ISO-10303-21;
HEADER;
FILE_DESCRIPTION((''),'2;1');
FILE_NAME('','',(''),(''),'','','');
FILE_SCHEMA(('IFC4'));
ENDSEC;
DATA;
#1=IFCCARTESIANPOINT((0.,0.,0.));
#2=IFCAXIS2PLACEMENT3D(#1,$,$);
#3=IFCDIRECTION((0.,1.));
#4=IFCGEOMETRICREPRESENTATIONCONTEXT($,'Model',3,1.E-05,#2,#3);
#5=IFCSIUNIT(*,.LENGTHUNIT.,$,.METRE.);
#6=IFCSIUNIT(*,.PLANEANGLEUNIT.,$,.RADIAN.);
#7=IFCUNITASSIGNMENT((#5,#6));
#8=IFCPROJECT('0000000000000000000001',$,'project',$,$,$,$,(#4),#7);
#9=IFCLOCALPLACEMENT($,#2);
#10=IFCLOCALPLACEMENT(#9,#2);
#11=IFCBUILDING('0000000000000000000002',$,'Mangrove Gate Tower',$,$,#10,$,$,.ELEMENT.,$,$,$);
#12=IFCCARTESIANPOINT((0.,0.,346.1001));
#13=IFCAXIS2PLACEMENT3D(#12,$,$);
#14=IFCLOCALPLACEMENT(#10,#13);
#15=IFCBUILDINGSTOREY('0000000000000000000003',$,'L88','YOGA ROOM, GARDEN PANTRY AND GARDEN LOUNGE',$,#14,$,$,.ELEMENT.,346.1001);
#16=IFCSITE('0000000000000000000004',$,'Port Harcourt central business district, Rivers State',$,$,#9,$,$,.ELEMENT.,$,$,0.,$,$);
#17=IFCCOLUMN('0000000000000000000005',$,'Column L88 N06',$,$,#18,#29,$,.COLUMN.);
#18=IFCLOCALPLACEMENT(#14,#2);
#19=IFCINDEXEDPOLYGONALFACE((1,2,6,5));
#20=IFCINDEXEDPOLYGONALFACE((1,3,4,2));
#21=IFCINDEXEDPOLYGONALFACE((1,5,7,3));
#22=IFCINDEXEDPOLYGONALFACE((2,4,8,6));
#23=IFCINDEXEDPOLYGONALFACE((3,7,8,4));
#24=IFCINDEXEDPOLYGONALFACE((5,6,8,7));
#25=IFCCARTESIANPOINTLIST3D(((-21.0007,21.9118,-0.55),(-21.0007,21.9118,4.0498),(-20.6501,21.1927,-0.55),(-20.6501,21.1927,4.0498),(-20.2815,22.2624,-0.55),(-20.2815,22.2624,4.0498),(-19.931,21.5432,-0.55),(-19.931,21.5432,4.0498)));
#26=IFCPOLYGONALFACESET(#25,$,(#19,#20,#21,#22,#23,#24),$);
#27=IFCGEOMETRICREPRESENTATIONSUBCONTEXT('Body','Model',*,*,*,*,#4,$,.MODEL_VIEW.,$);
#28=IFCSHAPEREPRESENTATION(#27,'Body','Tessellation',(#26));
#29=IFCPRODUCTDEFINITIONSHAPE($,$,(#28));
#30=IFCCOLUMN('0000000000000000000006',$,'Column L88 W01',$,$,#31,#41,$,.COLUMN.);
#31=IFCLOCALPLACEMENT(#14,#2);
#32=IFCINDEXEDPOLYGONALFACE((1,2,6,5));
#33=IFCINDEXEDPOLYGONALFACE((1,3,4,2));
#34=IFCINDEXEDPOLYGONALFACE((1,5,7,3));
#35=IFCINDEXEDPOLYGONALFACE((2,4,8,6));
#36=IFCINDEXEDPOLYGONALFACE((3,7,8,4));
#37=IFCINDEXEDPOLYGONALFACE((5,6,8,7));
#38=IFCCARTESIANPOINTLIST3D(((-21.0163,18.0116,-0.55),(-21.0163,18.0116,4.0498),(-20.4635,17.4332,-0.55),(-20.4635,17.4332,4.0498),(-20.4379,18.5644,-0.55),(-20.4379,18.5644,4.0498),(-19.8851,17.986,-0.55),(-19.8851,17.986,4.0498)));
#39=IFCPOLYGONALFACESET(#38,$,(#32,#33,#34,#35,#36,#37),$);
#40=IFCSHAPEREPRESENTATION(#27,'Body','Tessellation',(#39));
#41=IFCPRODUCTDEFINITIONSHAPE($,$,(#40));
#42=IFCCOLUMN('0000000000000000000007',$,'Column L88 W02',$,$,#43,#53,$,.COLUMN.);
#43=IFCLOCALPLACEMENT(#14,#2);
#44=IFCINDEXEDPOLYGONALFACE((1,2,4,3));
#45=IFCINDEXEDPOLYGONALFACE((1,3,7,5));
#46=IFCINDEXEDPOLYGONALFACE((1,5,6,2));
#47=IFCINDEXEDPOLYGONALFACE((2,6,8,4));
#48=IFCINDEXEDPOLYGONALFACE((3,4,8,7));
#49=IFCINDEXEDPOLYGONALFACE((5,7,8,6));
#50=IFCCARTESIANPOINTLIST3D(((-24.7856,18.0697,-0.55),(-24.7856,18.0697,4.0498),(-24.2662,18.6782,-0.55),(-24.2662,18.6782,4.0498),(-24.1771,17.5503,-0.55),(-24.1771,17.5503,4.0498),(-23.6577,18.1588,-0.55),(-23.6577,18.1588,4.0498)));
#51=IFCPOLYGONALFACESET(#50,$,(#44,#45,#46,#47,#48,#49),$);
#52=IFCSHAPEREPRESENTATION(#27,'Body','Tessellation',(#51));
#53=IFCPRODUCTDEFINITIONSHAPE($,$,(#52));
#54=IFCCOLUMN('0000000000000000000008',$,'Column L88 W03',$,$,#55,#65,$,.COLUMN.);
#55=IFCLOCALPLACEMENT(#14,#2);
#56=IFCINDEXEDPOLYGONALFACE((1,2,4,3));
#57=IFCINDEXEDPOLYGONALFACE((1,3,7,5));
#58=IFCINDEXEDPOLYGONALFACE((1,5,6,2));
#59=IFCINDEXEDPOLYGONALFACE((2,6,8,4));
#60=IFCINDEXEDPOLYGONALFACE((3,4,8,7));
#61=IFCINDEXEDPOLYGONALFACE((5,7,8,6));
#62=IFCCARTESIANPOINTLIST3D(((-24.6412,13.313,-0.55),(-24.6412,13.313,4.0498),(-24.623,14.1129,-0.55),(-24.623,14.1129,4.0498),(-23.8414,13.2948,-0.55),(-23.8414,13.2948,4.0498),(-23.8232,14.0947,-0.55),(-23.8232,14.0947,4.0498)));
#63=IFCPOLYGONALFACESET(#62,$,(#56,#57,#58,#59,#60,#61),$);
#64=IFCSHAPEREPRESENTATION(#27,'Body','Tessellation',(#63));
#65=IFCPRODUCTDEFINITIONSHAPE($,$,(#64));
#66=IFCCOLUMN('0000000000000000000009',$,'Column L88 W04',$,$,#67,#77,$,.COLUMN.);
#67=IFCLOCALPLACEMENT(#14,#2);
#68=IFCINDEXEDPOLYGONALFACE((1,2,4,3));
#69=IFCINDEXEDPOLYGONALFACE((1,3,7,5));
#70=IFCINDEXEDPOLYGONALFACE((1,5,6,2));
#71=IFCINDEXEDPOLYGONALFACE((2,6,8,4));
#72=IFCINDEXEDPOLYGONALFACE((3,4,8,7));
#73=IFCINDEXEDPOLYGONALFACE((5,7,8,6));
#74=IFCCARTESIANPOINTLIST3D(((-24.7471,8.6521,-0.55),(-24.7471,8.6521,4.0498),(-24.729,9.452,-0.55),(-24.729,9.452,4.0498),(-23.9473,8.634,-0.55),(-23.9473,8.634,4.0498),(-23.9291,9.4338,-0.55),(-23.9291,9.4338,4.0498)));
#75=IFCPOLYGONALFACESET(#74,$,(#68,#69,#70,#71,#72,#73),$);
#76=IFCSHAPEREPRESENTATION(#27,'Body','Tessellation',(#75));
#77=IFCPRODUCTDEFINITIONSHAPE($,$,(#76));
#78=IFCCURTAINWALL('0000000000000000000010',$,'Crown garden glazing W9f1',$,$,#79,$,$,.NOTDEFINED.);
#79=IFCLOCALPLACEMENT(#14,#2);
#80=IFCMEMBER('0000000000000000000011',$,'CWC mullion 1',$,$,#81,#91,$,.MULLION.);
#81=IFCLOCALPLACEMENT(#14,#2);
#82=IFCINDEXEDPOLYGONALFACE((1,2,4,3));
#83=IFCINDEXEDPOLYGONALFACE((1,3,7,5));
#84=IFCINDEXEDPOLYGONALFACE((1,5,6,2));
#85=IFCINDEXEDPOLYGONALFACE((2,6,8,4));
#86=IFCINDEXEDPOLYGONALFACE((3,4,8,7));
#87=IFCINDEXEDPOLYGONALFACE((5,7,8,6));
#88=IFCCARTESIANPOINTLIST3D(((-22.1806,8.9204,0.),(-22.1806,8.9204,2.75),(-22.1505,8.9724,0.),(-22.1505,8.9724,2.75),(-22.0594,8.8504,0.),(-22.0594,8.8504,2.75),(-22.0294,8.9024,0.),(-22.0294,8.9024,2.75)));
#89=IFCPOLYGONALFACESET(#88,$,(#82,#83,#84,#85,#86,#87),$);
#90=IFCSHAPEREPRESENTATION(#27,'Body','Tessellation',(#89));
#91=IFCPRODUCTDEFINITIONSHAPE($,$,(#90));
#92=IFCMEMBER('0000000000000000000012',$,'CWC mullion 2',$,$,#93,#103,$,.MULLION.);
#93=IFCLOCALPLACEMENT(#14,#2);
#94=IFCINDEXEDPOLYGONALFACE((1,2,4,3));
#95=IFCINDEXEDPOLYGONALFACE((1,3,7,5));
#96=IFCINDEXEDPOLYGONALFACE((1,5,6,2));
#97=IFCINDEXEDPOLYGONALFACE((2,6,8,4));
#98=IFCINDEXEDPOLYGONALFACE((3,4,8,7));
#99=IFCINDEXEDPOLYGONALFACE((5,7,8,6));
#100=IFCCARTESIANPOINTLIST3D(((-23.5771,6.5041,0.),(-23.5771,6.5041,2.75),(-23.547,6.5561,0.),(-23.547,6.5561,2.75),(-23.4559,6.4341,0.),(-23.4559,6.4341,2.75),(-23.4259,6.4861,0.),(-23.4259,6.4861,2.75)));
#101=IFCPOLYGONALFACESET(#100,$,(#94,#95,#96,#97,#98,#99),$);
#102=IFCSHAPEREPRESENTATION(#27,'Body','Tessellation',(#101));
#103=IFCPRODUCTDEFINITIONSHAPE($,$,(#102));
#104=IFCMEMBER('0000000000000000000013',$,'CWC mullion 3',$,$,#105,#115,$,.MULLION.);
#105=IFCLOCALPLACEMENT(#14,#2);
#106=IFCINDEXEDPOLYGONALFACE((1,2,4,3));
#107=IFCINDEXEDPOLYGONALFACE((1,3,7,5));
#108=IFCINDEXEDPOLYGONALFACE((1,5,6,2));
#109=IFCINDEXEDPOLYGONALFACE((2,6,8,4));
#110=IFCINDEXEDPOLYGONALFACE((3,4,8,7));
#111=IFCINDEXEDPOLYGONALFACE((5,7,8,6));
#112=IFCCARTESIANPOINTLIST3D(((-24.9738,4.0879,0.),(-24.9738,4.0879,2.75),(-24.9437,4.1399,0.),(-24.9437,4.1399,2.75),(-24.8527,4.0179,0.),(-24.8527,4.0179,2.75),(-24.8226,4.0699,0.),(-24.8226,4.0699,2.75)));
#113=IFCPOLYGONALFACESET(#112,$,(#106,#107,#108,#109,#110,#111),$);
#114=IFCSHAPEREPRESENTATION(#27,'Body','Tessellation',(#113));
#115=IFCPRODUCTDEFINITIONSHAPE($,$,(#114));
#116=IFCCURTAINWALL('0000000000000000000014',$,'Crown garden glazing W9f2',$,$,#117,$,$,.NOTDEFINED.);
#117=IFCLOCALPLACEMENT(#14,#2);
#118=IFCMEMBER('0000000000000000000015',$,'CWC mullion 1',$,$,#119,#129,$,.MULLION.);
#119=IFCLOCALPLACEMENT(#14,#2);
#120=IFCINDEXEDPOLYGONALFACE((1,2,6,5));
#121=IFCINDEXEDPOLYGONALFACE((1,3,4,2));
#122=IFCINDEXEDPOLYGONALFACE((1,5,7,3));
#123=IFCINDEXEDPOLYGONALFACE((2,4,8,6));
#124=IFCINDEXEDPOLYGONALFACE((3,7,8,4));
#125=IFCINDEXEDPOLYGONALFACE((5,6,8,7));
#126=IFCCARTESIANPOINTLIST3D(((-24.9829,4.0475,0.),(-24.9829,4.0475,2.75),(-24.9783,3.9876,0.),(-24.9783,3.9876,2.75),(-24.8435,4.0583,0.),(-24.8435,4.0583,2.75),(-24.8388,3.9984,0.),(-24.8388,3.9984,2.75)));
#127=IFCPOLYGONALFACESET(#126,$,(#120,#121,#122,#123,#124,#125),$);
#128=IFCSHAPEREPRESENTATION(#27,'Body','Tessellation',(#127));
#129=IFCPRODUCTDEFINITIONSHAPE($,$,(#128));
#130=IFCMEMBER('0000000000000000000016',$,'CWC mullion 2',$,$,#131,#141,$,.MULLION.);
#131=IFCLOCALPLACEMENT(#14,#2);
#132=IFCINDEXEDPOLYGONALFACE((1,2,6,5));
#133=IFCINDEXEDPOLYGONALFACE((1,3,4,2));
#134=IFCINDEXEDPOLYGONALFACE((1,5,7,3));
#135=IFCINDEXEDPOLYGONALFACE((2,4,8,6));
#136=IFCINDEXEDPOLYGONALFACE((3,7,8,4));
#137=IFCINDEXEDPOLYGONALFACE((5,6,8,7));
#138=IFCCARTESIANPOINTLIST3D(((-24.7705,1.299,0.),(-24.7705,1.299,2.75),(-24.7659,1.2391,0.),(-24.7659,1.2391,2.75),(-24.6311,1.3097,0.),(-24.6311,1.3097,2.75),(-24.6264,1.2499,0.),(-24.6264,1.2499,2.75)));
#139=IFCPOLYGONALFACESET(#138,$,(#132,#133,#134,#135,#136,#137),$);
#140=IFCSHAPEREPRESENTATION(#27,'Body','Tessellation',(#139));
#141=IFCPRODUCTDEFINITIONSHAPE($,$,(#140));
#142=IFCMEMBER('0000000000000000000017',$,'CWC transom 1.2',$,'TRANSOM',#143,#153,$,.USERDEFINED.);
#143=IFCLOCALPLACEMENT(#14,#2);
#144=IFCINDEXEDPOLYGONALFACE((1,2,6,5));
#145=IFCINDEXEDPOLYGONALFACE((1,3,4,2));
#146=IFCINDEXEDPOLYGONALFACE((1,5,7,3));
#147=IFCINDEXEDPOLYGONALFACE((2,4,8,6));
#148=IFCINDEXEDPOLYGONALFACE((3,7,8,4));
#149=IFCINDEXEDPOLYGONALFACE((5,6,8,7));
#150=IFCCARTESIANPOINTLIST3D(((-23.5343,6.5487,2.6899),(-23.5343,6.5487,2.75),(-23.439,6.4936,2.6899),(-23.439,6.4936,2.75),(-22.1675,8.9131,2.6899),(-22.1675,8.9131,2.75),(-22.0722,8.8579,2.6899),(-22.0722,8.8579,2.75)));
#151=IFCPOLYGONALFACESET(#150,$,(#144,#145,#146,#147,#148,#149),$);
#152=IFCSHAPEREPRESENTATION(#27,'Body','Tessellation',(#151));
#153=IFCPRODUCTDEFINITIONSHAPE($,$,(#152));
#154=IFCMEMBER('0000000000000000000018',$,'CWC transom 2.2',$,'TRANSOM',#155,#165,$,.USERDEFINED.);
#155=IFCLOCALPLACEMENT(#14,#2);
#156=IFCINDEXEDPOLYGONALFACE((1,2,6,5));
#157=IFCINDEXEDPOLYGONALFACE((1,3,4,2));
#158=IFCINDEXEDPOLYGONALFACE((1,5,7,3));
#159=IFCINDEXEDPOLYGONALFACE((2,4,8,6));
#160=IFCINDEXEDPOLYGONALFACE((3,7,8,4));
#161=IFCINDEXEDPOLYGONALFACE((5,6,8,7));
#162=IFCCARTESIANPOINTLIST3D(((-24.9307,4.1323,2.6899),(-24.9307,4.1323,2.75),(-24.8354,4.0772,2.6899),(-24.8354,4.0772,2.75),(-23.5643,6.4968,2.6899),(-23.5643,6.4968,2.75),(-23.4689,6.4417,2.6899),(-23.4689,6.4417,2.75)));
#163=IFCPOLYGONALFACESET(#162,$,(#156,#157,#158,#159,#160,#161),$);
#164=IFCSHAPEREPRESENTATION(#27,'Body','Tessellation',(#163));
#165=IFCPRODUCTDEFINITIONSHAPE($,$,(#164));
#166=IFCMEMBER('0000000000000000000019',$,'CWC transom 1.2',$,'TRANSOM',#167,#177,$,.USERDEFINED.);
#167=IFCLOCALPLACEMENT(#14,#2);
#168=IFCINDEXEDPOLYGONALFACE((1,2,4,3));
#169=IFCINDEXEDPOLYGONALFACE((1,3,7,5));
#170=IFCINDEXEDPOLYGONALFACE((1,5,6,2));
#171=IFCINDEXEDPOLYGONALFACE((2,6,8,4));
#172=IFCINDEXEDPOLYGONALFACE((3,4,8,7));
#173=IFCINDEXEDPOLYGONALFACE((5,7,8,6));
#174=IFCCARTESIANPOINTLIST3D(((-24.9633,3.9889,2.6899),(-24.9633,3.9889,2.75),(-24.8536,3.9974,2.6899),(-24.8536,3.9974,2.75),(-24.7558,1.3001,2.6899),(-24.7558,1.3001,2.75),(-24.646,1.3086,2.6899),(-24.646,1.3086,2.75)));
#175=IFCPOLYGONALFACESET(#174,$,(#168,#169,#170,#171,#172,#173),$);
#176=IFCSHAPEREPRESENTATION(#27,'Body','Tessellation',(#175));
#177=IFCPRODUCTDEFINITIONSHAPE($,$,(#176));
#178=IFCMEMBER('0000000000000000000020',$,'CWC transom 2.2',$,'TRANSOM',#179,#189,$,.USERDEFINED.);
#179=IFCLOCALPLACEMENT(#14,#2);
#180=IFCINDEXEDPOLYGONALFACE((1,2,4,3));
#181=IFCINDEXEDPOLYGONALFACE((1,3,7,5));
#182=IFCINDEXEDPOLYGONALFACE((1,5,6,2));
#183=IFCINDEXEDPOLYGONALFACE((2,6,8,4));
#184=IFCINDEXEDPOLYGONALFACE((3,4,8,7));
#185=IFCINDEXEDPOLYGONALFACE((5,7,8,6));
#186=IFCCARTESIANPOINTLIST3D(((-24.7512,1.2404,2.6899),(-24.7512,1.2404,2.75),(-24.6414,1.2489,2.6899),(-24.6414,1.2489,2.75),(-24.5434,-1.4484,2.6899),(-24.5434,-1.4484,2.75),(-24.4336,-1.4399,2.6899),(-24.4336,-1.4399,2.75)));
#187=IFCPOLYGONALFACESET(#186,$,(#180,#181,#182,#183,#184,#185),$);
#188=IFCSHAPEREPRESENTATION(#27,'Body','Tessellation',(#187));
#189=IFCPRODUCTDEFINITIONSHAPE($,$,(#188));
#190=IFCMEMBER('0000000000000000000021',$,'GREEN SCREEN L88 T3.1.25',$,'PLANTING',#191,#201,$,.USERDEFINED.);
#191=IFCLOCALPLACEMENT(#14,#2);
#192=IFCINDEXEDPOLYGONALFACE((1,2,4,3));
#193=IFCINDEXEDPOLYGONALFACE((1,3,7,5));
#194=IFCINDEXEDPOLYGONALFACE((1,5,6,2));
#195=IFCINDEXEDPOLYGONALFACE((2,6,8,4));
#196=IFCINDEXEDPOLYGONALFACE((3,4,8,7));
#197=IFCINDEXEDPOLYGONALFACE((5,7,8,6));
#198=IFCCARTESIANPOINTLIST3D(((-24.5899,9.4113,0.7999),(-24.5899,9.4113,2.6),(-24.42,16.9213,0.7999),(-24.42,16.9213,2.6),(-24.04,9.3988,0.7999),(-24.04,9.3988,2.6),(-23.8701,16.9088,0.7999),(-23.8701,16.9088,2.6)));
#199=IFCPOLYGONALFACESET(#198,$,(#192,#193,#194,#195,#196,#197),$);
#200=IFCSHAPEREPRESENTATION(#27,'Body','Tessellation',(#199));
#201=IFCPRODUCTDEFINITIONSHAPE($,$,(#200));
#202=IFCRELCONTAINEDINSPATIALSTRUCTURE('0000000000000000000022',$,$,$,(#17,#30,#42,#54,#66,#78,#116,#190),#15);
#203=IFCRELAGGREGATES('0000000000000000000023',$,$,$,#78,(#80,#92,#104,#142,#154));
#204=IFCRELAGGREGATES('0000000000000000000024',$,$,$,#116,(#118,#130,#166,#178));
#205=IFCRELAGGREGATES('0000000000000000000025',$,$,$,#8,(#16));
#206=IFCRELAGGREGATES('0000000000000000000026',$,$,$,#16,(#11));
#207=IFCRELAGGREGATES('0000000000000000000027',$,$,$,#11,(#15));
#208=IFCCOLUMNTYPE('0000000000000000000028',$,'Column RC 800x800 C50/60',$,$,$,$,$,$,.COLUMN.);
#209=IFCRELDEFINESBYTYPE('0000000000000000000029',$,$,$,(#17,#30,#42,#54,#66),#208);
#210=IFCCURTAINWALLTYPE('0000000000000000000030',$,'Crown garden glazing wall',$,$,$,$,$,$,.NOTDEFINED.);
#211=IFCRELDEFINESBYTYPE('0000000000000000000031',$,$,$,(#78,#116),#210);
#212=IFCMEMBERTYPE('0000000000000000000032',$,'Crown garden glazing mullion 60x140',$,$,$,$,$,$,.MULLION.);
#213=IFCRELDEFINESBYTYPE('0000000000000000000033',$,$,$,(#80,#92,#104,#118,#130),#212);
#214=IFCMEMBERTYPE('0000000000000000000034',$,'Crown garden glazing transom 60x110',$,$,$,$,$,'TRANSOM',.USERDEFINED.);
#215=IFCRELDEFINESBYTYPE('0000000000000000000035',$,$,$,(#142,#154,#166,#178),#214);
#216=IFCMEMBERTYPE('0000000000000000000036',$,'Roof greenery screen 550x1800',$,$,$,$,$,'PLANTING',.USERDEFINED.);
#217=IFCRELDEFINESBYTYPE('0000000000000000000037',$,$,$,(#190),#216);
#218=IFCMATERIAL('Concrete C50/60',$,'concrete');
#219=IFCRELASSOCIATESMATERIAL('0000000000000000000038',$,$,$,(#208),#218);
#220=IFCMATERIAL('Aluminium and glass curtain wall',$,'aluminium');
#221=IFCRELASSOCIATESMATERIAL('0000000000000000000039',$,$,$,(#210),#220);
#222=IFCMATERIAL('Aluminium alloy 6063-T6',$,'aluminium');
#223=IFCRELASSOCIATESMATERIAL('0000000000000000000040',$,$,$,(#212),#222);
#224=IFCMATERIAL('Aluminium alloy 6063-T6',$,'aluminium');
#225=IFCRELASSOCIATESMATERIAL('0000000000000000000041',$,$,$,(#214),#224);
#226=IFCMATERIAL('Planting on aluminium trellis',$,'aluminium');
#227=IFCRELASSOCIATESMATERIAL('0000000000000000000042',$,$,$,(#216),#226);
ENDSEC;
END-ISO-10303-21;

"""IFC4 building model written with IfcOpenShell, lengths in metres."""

from ifc_helpers import new_model, si_unit, direction, frame, origin, origin_2d, place, context, subcontext, project, spatial, rectangle, extrude, material, material_profile, profile_set, type_object, element, aggregate, save


model = new_model("IFC4")

# Units and contexts
model_context = context("Model", 3, precision=1e-05, world=origin(), true_north=direction((0.0, 1.0)))
body_context = subcontext(model_context, "Body", "Model", "MODEL_VIEW")
ifc_project = project(units=[si_unit("LENGTHUNIT", "METRE"), si_unit("PLANEANGLEUNIT", "RADIAN")], contexts=[model_context])

# Site, building, storey
site_placement = place(None, origin())
site = spatial("IfcSite", under=ifc_project, at=site_placement, Name="Port Harcourt central business district, Rivers State", CompositionType="ELEMENT", RefElevation=0.0)
building_placement = place(site_placement, origin())
building = spatial("IfcBuilding", under=site, at=building_placement, Name="Mangrove Gate Tower", CompositionType="ELEMENT")
storey_placement = place(building_placement, frame((0.0, 0.0, 346.1001)))
storey = spatial("IfcBuildingStorey", under=building, at=storey_placement, Name="L88", Description="YOGA ROOM, GARDEN PANTRY AND GARDEN LOUNGE", CompositionType="ELEMENT", Elevation=346.1001)

# Columns
ifc_material_1 = material(Name="Concrete C50/60", Category="concrete")
ifc_material_profile_1 = material_profile(ifc_material_1, rectangle(XDim=0.8, YDim=0.8, at=origin_2d()))
ifc_profile_set_1 = profile_set([ifc_material_profile_1], Name="Concrete C50/60")
column_type = type_object("IfcColumnType", Name="Column RC 800x800 C50/60", PredefinedType="COLUMN", material=ifc_profile_set_1)
for number, where, z_axis, x_axis, name in (
    (1, (-20.4658, 21.7275, -0.55), (0.0, 0.0, 1.0), (-0.898894, -0.438167, 0.0), "Column L88 N06"),
    (2, (-20.4507, 17.9988, -0.55), (0.0, 0.0, 1.0), (-0.722929, -0.690923, 0.0), "Column L88 W01"),
    (3, (-24.2217, 18.1143, -0.55), (0.0, 0.0, 1.0), (-0.649215, -0.760605, 0.0), "Column L88 W02"),
    (4, (-24.2322, 13.7039, -0.55), (0.0, 0.0, 1.0), (-0.022736, -0.999742, 0.0), "Column L88 W03"),
    (5, (-24.3381, 9.043, -0.55), (0.0, 0.0, 1.0), (-0.022702, -0.999742, 0.0), "Column L88 W04"),
):
    element("IfcColumn", number, at=place(storey_placement, frame(where, z_axis=z_axis, x_axis=x_axis)), inside=storey, type_object=column_type, Name=name, PredefinedType="COLUMN", context=body_context, shape_type="SweptSolid", body=[
        extrude(rectangle(XDim=0.8, YDim=0.8, at=origin_2d()), origin(), (0.0, 0.0, 1.0), 4.5999),
    ])

# Curtain walls, members
ifc_material_2 = material(Name="Aluminium and glass curtain wall", Category="aluminium")
curtain_wall_type = type_object("IfcCurtainWallType", Name="Crown garden glazing wall", PredefinedType="NOTDEFINED", material=ifc_material_2)
curtain_wall_1_placement = place(storey_placement, origin())
curtain_wall_1 = element("IfcCurtainWall", 6, at=curtain_wall_1_placement, inside=storey, type_object=curtain_wall_type, Name="Crown garden glazing W9f1", PredefinedType="NOTDEFINED")
ifc_material_3 = material(Name="Aluminium alloy 6063-T6", Category="aluminium")
ifc_material_profile_2 = material_profile(ifc_material_3, rectangle(XDim=0.0601, YDim=0.1399, at=origin_2d()))
ifc_profile_set_2 = profile_set([ifc_material_profile_2], Name="Aluminium alloy 6063-T6")
member_type_1 = type_object("IfcMemberType", Name="Crown garden glazing mullion 60x140", PredefinedType="MULLION", material=ifc_profile_set_2)
member_1_placement = place(storey_placement, frame((-22.105, 8.9114, 0.0), z_axis=(0.0, 0.0, 1.0), x_axis=(-0.500418, -0.865784, 0.0)))
member_1 = element("IfcMember", 7, at=member_1_placement, type_object=member_type_1, Name="CWC mullion 1", PredefinedType="MULLION", context=body_context, shape_type="SweptSolid", body=[
    extrude(rectangle(XDim=0.0601, YDim=0.1399, at=origin_2d()), origin(), (0.0, 0.0, 1.0), 2.75),
])
member_2_placement = place(storey_placement, frame((-23.5015, 6.4951, 0.0), z_axis=(0.0, 0.0, 1.0), x_axis=(-0.500418, -0.865784, 0.0)))
member_2 = element("IfcMember", 8, at=member_2_placement, type_object=member_type_1, Name="CWC mullion 2", PredefinedType="MULLION", context=body_context, shape_type="SweptSolid", body=[
    extrude(rectangle(XDim=0.0601, YDim=0.1399, at=origin_2d()), origin(), (0.0, 0.0, 1.0), 2.75),
])
member_3_placement = place(storey_placement, frame((-24.8982, 4.0789, 0.0), z_axis=(0.0, 0.0, 1.0), x_axis=(-0.500418, -0.865784, 0.0)))
member_3 = element("IfcMember", 9, at=member_3_placement, type_object=member_type_1, Name="CWC mullion 3", PredefinedType="MULLION", context=body_context, shape_type="SweptSolid", body=[
    extrude(rectangle(XDim=0.0601, YDim=0.1399, at=origin_2d()), origin(), (0.0, 0.0, 1.0), 2.75),
])
curtain_wall_2_placement = place(storey_placement, origin())
curtain_wall_2 = element("IfcCurtainWall", 10, at=curtain_wall_2_placement, inside=storey, type_object=curtain_wall_type, Name="Crown garden glazing W9f2", PredefinedType="NOTDEFINED")
member_4_placement = place(storey_placement, frame((-24.9109, 4.0229, 0.0), z_axis=(0.0, 0.0, 1.0), x_axis=(0.077023, -0.997029, 0.0)))
member_4 = element("IfcMember", 11, at=member_4_placement, type_object=member_type_1, Name="CWC mullion 1", PredefinedType="MULLION", context=body_context, shape_type="SweptSolid", body=[
    extrude(rectangle(XDim=0.0601, YDim=0.1399, at=origin_2d()), origin(), (0.0, 0.0, 1.0), 2.75),
])
member_5_placement = place(storey_placement, frame((-24.6985, 1.2744, 0.0), z_axis=(0.0, 0.0, 1.0), x_axis=(0.077023, -0.997029, 0.0)))
member_5 = element("IfcMember", 12, at=member_5_placement, type_object=member_type_1, Name="CWC mullion 2", PredefinedType="MULLION", context=body_context, shape_type="SweptSolid", body=[
    extrude(rectangle(XDim=0.0601, YDim=0.1399, at=origin_2d()), origin(), (0.0, 0.0, 1.0), 2.75),
])

# Members
ifc_material_4 = material(Name="Aluminium alloy 6063-T6", Category="aluminium")
ifc_material_profile_3 = material_profile(ifc_material_4, rectangle(XDim=0.0601, YDim=0.1101, at=origin_2d()))
ifc_profile_set_3 = profile_set([ifc_material_profile_3], Name="Aluminium alloy 6063-T6")
member_type_2 = type_object("IfcMemberType", Name="Crown garden glazing transom 60x110", ElementType="TRANSOM", PredefinedType="USERDEFINED", material=ifc_profile_set_3)
member_6_placement = place(storey_placement, frame((-22.1199, 8.8855, 2.72), z_axis=(-0.500465, -0.865757, 0.0), x_axis=(0.0, 0.0, 1.0)))
member_6 = element("IfcMember", 13, at=member_6_placement, type_object=member_type_2, Name="CWC transom 1.2", ObjectType="TRANSOM", PredefinedType="USERDEFINED", context=body_context, shape_type="SweptSolid", body=[
    extrude(rectangle(XDim=0.0601, YDim=0.1101, at=origin_2d()), origin(), (0.0, 0.0, 1.0), 2.731),
])
member_7_placement = place(storey_placement, frame((-23.5166, 6.4692, 2.72), z_axis=(-0.50036, -0.865818, 0.0), x_axis=(0.0, 0.0, 1.0)))
member_7 = element("IfcMember", 14, at=member_7_placement, type_object=member_type_2, Name="CWC transom 2.2", ObjectType="TRANSOM", PredefinedType="USERDEFINED", context=body_context, shape_type="SweptSolid", body=[
    extrude(rectangle(XDim=0.0601, YDim=0.1101, at=origin_2d()), origin(), (0.0, 0.0, 1.0), 2.731),
])
member_8_placement = place(storey_placement, frame((-24.9084, 3.9932, 2.72), z_axis=(0.076953, -0.997035, 0.0), x_axis=(0.0, 0.0, 1.0)))
member_8 = element("IfcMember", 15, at=member_8_placement, type_object=member_type_2, Name="CWC transom 1.2", ObjectType="TRANSOM", PredefinedType="USERDEFINED", context=body_context, shape_type="SweptSolid", body=[
    extrude(rectangle(XDim=0.0601, YDim=0.1101, at=origin_2d()), origin(), (0.0, 0.0, 1.0), 2.6968),
])
member_9_placement = place(storey_placement, frame((-24.6963, 1.2446, 2.72), z_axis=(0.077043, -0.997028, 0.0), x_axis=(0.0, 0.0, 1.0)))
member_9 = element("IfcMember", 16, at=member_9_placement, type_object=member_type_2, Name="CWC transom 2.2", ObjectType="TRANSOM", PredefinedType="USERDEFINED", context=body_context, shape_type="SweptSolid", body=[
    extrude(rectangle(XDim=0.0601, YDim=0.1101, at=origin_2d()), origin(), (0.0, 0.0, 1.0), 2.6968),
])

# Member
ifc_material_5 = material(Name="Planting on aluminium trellis", Category="aluminium")
ifc_material_profile_4 = material_profile(ifc_material_5, rectangle(XDim=0.55, YDim=1.8, at=origin_2d()))
ifc_profile_set_4 = profile_set([ifc_material_profile_4], Name="Planting on aluminium trellis")
member_type_3 = type_object("IfcMemberType", Name="Roof greenery screen 550x1800", ElementType="PLANTING", PredefinedType="USERDEFINED", material=ifc_profile_set_4)
member_10_placement = place(storey_placement, frame((-24.3149, 9.405, 1.7), z_axis=(0.02262, 0.999744, 0.0), x_axis=(-0.999744, 0.02262, 0.0)))
element("IfcMember", 17, at=member_10_placement, inside=storey, type_object=member_type_3, Name="GREEN SCREEN L88 T3.1.25", ObjectType="PLANTING", PredefinedType="USERDEFINED", context=body_context, shape_type="SweptSolid", body=[
    extrude(rectangle(XDim=0.55, YDim=1.8, at=origin_2d()), origin(), (0.0, 0.0, 1.0), 7.512),
])

aggregate(curtain_wall_1, [member_1, member_2, member_3, member_6, member_7])
aggregate(curtain_wall_2, [member_4, member_5, member_8, member_9])

save(model, "model.ifc")
